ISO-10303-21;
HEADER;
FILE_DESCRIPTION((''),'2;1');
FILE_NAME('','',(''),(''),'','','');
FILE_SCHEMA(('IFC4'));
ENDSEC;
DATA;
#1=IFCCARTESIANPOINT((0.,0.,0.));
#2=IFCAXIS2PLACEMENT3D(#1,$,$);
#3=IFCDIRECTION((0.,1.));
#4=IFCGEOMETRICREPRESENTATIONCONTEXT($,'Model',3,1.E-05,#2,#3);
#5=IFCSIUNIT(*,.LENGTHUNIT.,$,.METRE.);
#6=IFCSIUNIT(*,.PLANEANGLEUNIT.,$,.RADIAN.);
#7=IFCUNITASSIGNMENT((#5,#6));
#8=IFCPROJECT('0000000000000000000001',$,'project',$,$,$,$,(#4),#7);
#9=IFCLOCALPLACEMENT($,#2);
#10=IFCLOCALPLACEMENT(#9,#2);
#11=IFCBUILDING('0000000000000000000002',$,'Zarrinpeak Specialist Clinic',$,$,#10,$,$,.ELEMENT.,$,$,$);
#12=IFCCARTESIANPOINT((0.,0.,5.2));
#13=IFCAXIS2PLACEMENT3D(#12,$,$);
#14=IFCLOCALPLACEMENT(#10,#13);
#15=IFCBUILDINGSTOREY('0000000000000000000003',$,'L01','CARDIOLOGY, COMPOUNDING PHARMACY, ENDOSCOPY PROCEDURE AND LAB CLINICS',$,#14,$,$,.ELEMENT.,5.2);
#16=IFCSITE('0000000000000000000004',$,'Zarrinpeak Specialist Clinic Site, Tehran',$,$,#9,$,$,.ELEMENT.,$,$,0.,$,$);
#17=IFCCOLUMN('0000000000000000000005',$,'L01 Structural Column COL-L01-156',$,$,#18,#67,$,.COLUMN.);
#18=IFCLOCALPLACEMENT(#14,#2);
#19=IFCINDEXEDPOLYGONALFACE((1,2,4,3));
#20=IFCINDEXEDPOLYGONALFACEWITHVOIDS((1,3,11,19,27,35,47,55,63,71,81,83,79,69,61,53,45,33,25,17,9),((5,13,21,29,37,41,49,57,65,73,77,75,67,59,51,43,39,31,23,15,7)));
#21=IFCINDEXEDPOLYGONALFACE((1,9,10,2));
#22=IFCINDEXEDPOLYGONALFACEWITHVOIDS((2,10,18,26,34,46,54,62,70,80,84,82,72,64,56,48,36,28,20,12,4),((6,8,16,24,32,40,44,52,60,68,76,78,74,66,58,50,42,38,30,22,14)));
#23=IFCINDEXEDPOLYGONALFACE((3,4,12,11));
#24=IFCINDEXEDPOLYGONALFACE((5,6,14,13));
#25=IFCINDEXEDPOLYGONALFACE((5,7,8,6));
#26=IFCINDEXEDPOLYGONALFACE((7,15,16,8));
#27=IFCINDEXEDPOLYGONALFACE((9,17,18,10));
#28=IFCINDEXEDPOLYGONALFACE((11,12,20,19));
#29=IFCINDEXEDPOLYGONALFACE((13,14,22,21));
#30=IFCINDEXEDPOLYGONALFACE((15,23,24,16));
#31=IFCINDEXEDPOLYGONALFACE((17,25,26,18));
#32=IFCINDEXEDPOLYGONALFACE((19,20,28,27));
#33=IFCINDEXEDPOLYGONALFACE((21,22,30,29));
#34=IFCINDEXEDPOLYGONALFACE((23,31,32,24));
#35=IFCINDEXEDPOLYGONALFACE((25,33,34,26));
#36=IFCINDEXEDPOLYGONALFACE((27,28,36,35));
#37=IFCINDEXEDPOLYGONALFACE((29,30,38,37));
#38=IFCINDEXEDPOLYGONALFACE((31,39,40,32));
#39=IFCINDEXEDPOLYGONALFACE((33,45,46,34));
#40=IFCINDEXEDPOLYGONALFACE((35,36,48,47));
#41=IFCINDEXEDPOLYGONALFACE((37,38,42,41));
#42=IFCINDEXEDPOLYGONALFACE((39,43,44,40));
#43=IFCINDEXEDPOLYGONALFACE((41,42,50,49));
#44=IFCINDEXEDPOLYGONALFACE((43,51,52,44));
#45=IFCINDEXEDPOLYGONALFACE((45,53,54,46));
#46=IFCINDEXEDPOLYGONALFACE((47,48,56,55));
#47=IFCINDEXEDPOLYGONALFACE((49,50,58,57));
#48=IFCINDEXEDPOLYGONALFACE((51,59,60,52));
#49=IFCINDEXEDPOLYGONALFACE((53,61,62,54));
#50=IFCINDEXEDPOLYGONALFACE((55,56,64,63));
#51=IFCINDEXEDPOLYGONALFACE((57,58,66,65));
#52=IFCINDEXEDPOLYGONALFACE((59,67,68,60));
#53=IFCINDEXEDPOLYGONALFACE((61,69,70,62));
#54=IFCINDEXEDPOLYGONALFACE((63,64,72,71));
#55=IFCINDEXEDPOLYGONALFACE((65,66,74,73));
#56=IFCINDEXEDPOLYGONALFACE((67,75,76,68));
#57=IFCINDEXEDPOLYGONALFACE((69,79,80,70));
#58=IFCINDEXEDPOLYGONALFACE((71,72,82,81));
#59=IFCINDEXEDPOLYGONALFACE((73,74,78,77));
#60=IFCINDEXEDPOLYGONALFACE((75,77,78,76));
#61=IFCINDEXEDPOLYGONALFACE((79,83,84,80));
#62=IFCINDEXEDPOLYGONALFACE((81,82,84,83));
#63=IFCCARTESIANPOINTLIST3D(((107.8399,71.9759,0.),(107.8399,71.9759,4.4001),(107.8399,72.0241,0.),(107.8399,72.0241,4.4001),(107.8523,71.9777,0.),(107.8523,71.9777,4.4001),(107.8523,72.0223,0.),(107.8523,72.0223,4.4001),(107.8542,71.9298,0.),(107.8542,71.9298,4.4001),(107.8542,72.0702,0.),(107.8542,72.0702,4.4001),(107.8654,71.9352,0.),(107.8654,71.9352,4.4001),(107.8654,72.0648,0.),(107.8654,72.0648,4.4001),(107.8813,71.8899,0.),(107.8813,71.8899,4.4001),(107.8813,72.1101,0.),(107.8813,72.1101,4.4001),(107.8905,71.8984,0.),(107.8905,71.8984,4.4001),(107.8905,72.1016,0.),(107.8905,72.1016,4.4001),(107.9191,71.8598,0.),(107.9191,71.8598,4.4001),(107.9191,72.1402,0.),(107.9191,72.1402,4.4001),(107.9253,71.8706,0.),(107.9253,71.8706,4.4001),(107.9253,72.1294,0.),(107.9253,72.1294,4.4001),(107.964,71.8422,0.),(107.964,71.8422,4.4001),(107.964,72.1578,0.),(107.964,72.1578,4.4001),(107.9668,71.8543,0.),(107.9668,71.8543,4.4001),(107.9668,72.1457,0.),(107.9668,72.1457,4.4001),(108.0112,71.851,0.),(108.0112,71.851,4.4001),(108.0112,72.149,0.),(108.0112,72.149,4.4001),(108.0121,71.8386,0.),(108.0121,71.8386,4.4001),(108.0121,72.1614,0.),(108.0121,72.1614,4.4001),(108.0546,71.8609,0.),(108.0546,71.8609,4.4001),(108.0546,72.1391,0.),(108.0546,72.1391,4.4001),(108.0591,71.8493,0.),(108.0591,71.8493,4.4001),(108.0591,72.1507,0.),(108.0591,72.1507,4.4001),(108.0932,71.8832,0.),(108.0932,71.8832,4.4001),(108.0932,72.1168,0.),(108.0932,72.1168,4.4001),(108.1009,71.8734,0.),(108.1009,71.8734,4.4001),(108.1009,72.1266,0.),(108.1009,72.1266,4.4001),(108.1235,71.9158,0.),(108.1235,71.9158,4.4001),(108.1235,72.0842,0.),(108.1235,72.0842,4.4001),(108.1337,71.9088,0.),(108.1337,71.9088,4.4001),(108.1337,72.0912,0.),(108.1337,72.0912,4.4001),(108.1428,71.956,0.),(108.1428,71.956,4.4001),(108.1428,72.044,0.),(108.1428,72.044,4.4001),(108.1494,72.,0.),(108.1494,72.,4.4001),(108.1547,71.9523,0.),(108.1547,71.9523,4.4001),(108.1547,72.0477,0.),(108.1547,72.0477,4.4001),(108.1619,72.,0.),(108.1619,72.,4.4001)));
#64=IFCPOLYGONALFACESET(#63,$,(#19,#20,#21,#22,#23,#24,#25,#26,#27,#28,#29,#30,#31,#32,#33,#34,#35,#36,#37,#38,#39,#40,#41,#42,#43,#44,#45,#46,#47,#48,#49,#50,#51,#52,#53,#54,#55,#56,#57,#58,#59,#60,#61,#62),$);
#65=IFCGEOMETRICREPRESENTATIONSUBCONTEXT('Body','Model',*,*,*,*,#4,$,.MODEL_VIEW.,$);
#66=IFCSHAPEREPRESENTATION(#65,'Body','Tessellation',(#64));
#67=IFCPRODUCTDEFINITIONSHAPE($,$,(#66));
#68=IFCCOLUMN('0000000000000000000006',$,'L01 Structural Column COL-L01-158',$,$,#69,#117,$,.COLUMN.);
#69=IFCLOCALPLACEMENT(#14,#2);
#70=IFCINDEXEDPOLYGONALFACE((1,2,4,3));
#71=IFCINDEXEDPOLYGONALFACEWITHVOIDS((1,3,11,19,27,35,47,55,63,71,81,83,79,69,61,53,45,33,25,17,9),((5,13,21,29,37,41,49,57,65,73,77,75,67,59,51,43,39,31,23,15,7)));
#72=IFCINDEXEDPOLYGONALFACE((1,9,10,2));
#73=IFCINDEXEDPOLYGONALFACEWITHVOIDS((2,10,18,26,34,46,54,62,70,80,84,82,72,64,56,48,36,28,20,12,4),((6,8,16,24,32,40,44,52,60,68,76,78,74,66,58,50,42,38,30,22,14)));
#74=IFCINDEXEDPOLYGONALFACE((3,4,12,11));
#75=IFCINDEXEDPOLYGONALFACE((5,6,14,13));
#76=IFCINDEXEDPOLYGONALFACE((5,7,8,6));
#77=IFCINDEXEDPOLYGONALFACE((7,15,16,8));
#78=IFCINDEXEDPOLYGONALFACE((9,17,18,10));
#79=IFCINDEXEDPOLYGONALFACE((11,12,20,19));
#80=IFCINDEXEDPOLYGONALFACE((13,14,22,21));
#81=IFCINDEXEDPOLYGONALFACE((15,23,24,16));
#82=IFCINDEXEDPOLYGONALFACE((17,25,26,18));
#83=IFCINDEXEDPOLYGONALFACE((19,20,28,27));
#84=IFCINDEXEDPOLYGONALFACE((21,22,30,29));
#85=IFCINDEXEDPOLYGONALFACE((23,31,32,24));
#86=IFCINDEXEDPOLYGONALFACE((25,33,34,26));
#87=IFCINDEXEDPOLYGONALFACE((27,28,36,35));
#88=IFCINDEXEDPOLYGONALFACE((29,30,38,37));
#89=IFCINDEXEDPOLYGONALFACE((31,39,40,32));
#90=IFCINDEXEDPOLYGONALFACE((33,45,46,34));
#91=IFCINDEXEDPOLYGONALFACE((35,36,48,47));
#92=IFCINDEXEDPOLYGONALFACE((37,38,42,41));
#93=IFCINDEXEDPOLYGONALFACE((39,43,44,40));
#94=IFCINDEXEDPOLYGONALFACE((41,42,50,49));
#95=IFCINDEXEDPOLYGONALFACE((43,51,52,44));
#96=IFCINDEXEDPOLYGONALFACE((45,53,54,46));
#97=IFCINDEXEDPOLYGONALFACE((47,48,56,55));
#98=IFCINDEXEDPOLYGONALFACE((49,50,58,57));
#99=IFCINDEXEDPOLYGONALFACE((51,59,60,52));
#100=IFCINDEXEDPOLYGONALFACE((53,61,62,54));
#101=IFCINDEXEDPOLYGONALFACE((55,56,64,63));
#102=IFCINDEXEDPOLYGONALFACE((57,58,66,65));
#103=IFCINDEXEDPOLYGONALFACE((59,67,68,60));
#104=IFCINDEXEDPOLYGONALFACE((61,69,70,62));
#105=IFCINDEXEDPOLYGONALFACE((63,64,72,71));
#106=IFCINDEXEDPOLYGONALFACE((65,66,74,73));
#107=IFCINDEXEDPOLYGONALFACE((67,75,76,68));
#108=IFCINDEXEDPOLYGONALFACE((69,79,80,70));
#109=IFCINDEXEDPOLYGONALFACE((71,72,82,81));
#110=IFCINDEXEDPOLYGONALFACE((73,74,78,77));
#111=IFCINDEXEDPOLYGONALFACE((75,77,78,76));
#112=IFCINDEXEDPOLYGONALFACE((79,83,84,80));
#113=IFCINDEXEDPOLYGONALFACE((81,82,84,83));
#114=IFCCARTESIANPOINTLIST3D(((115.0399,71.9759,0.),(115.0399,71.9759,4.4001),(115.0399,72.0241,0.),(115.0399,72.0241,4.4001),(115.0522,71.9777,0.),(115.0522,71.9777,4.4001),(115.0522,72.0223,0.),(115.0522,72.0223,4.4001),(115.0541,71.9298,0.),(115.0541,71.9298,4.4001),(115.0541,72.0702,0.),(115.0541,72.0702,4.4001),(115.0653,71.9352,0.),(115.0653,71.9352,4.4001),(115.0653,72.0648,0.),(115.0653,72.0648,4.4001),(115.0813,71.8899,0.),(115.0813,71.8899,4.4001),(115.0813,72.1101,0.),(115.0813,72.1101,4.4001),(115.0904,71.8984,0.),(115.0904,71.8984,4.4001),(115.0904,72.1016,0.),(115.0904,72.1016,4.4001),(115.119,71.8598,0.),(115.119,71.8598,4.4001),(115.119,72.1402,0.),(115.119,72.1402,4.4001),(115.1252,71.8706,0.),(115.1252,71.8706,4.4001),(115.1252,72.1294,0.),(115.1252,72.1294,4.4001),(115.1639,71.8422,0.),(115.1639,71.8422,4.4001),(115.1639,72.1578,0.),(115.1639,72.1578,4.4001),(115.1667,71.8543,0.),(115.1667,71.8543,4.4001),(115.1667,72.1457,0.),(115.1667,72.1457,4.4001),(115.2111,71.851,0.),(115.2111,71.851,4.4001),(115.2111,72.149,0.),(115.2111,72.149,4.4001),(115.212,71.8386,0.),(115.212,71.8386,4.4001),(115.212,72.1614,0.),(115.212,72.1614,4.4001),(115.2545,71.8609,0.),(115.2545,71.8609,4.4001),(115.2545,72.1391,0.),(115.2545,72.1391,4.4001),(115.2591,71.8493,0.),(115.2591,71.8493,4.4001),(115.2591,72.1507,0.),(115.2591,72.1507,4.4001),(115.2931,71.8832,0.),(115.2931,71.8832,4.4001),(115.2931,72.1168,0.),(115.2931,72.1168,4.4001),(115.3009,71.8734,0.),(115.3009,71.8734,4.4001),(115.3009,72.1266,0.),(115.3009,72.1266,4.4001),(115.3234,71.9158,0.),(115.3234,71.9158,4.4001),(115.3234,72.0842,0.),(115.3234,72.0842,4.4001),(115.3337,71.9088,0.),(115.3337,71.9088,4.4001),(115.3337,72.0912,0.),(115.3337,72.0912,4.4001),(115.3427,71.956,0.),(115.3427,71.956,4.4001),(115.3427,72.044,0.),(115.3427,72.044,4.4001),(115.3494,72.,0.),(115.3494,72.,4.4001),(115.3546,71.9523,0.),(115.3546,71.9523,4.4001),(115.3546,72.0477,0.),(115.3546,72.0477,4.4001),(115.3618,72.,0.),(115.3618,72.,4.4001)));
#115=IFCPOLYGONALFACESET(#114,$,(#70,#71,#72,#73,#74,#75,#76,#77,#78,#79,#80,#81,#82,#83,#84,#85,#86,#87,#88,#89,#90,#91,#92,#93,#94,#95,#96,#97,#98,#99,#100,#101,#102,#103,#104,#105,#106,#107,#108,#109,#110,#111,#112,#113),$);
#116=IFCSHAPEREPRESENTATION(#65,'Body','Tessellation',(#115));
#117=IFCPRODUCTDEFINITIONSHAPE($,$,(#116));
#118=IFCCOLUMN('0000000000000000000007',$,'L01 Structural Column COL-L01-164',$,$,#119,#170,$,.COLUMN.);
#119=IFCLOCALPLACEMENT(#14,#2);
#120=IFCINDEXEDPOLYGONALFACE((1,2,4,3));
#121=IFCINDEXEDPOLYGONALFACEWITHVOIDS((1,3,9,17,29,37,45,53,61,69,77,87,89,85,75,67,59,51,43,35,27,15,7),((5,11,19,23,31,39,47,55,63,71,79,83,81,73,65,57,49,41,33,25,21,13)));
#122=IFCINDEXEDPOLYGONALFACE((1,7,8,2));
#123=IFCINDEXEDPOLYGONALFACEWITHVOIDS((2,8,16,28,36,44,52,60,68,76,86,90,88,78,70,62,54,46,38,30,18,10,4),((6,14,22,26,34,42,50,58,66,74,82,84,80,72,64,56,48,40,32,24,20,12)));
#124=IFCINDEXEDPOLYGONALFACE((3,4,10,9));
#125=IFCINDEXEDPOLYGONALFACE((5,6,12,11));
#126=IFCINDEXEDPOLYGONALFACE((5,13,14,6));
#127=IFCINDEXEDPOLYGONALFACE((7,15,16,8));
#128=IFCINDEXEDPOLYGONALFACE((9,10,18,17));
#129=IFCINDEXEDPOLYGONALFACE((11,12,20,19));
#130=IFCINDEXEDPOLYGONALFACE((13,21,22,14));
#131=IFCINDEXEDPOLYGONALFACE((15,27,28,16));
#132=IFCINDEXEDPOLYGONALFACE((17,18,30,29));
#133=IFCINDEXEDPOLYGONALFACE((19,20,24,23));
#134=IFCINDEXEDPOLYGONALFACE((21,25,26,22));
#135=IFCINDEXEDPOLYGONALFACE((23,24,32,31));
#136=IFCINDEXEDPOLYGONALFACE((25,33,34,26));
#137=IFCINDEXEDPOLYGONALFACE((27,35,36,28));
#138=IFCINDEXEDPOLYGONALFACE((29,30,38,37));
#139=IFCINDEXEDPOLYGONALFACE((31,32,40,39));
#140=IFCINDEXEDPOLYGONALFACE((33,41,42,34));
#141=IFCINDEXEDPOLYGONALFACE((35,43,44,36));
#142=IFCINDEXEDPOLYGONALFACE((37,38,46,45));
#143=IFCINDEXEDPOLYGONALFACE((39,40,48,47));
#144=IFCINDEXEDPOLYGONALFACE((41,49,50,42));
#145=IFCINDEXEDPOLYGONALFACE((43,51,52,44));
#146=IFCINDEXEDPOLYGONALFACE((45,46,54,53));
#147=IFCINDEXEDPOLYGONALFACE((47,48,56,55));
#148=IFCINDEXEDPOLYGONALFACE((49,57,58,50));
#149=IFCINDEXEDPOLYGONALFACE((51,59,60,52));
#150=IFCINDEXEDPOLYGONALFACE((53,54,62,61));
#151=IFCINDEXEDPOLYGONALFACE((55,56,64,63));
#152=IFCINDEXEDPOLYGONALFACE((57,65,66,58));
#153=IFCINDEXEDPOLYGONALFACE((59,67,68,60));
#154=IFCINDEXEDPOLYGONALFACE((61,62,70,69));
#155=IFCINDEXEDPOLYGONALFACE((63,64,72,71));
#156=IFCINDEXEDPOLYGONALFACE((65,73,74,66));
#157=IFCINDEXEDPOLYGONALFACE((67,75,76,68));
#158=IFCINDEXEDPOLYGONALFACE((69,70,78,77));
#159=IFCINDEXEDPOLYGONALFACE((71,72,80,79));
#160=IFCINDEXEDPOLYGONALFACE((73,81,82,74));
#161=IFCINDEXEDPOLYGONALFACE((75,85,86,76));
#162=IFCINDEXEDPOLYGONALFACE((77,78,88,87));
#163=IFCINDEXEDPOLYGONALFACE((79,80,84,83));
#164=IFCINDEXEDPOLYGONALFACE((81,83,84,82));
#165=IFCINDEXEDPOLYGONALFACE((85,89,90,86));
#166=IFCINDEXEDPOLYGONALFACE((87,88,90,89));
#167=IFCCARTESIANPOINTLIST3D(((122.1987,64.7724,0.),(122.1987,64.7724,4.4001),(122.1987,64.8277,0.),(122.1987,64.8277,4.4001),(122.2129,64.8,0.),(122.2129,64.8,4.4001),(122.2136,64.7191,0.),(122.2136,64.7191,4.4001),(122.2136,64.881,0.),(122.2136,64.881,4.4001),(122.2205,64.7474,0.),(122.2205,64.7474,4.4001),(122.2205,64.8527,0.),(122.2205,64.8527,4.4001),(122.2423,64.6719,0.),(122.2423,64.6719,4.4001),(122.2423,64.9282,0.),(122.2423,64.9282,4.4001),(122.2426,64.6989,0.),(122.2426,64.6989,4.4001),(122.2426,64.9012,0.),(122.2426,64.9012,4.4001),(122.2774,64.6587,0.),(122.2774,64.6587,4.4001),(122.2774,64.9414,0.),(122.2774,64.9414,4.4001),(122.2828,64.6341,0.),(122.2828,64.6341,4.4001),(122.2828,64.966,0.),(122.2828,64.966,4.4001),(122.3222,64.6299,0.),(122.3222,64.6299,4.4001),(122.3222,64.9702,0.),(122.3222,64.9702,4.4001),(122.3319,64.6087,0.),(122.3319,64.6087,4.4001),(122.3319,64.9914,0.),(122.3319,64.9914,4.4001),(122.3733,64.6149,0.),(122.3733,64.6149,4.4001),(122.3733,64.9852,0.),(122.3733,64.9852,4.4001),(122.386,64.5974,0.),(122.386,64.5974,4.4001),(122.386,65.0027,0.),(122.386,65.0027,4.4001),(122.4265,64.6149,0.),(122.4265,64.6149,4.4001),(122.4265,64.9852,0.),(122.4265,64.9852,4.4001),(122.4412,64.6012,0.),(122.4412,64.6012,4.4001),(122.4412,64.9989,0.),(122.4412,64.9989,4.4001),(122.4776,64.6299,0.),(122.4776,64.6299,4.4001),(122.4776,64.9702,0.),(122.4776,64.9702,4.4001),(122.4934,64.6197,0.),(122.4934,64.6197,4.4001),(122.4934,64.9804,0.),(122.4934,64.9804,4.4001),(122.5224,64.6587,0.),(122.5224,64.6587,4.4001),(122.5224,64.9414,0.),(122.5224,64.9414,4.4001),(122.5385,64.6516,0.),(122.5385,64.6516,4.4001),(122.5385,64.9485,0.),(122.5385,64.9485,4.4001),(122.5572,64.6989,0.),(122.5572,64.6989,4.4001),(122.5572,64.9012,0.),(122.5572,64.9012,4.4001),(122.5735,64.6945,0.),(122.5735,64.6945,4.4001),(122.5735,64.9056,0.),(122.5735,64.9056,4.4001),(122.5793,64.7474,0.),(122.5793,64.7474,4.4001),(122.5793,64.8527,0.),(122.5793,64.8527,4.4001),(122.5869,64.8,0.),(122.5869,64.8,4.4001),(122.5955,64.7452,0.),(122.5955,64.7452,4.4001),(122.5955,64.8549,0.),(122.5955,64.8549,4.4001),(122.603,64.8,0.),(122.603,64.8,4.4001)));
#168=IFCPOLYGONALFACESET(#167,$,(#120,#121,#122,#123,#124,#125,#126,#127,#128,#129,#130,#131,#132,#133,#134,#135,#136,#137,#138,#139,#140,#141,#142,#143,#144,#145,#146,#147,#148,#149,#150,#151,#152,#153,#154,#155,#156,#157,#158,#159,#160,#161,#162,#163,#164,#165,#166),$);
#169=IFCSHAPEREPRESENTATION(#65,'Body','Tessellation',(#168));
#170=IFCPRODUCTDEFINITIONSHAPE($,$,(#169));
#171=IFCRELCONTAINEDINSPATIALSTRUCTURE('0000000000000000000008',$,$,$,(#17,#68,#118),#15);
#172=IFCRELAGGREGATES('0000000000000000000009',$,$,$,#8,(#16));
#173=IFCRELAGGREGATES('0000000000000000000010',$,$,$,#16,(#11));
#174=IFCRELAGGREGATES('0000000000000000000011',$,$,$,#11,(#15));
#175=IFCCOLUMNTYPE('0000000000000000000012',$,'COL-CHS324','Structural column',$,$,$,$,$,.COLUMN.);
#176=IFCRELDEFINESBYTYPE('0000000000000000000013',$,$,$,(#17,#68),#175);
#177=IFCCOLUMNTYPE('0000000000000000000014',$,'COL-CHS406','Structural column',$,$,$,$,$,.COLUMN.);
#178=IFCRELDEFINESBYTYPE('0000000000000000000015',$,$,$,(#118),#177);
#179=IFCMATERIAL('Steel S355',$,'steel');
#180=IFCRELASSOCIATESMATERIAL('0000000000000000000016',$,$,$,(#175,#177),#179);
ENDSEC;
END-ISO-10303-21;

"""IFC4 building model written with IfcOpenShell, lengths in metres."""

from ifc_helpers import new_model, si_unit, direction, frame, origin, origin_2d, place, context, subcontext, project, spatial, hollow_circle, extrude, material, material_profile, profile_set, type_object, element, save


model = new_model("IFC4")

# Units and contexts
model_context = context("Model", 3, precision=1e-05, world=origin(), true_north=direction((0.0, 1.0)))
body_context = subcontext(model_context, "Body", "Model", "MODEL_VIEW")
ifc_project = project(units=[si_unit("LENGTHUNIT", "METRE"), si_unit("PLANEANGLEUNIT", "RADIAN")], contexts=[model_context])

# Site, building, storey
site_placement = place(None, origin())
site = spatial("IfcSite", under=ifc_project, at=site_placement, Name="Zarrinpeak Specialist Clinic Site, Tehran", CompositionType="ELEMENT", RefElevation=0.0)
building_placement = place(site_placement, origin())
building = spatial("IfcBuilding", under=site, at=building_placement, Name="Zarrinpeak Specialist Clinic", CompositionType="ELEMENT")
storey_placement = place(building_placement, frame((0.0, 0.0, 5.2)))
storey = spatial("IfcBuildingStorey", under=building, at=storey_placement, Name="L01", Description="CARDIOLOGY, COMPOUNDING PHARMACY, ENDOSCOPY PROCEDURE AND LAB CLINICS", CompositionType="ELEMENT", Elevation=5.2)

# Columns
ifc_material_1 = material(Name="Steel S355", Category="steel")
ifc_material_profile_1 = material_profile(ifc_material_1, hollow_circle(Radius=0.1619, WallThickness=0.0125, at=origin_2d()), Name="CHS 323.9x12.5")
ifc_profile_set_1 = profile_set([ifc_material_profile_1], Name="Steel S355")
column_type_1 = type_object("IfcColumnType", Name="COL-CHS324", Description="Structural column", PredefinedType="COLUMN", material=ifc_profile_set_1)
for number, where, z_axis, x_axis, name in (
    (1, (108.0, 72.0, 0.0), (0.0, 0.0, 1.0), (1.0, 0.0, 0.0), "L01 Structural Column COL-L01-156"),
    (2, (115.2, 72.0, 0.0), (0.0, 0.0, 1.0), (1.0, 0.0, 0.0), "L01 Structural Column COL-L01-158"),
):
    element("IfcColumn", number, at=place(storey_placement, frame(where, z_axis=z_axis, x_axis=x_axis)), inside=storey, type_object=column_type_1, Name=name, PredefinedType="COLUMN", context=body_context, shape_type="SweptSolid", body=[
        extrude(hollow_circle(Radius=0.1619, WallThickness=0.0125, at=origin_2d()), origin(), (0.0, 0.0, 1.0), 4.4001),
    ])
ifc_material_profile_2 = material_profile(ifc_material_1, hollow_circle(Radius=0.2031, WallThickness=0.0161, at=origin_2d()), Name="CHS 406.4x16.0")
ifc_profile_set_2 = profile_set([ifc_material_profile_2], Name="Steel S355")
column_type_2 = type_object("IfcColumnType", Name="COL-CHS406", Description="Structural column", PredefinedType="COLUMN", material=ifc_profile_set_2)
for number, where, z_axis, x_axis, name in (
    (3, (122.3999, 64.8, 0.0), (0.0, 0.0, 1.0), (1.0, 0.0, 0.0), "L01 Structural Column COL-L01-164"),
):
    element("IfcColumn", number, at=place(storey_placement, frame(where, z_axis=z_axis, x_axis=x_axis)), inside=storey, type_object=column_type_2, Name=name, PredefinedType="COLUMN", context=body_context, shape_type="SweptSolid", body=[
        extrude(hollow_circle(Radius=0.2031, WallThickness=0.0161, at=origin_2d()), origin(), (0.0, 0.0, 1.0), 4.4001),
    ])

save(model, "model.ifc")
